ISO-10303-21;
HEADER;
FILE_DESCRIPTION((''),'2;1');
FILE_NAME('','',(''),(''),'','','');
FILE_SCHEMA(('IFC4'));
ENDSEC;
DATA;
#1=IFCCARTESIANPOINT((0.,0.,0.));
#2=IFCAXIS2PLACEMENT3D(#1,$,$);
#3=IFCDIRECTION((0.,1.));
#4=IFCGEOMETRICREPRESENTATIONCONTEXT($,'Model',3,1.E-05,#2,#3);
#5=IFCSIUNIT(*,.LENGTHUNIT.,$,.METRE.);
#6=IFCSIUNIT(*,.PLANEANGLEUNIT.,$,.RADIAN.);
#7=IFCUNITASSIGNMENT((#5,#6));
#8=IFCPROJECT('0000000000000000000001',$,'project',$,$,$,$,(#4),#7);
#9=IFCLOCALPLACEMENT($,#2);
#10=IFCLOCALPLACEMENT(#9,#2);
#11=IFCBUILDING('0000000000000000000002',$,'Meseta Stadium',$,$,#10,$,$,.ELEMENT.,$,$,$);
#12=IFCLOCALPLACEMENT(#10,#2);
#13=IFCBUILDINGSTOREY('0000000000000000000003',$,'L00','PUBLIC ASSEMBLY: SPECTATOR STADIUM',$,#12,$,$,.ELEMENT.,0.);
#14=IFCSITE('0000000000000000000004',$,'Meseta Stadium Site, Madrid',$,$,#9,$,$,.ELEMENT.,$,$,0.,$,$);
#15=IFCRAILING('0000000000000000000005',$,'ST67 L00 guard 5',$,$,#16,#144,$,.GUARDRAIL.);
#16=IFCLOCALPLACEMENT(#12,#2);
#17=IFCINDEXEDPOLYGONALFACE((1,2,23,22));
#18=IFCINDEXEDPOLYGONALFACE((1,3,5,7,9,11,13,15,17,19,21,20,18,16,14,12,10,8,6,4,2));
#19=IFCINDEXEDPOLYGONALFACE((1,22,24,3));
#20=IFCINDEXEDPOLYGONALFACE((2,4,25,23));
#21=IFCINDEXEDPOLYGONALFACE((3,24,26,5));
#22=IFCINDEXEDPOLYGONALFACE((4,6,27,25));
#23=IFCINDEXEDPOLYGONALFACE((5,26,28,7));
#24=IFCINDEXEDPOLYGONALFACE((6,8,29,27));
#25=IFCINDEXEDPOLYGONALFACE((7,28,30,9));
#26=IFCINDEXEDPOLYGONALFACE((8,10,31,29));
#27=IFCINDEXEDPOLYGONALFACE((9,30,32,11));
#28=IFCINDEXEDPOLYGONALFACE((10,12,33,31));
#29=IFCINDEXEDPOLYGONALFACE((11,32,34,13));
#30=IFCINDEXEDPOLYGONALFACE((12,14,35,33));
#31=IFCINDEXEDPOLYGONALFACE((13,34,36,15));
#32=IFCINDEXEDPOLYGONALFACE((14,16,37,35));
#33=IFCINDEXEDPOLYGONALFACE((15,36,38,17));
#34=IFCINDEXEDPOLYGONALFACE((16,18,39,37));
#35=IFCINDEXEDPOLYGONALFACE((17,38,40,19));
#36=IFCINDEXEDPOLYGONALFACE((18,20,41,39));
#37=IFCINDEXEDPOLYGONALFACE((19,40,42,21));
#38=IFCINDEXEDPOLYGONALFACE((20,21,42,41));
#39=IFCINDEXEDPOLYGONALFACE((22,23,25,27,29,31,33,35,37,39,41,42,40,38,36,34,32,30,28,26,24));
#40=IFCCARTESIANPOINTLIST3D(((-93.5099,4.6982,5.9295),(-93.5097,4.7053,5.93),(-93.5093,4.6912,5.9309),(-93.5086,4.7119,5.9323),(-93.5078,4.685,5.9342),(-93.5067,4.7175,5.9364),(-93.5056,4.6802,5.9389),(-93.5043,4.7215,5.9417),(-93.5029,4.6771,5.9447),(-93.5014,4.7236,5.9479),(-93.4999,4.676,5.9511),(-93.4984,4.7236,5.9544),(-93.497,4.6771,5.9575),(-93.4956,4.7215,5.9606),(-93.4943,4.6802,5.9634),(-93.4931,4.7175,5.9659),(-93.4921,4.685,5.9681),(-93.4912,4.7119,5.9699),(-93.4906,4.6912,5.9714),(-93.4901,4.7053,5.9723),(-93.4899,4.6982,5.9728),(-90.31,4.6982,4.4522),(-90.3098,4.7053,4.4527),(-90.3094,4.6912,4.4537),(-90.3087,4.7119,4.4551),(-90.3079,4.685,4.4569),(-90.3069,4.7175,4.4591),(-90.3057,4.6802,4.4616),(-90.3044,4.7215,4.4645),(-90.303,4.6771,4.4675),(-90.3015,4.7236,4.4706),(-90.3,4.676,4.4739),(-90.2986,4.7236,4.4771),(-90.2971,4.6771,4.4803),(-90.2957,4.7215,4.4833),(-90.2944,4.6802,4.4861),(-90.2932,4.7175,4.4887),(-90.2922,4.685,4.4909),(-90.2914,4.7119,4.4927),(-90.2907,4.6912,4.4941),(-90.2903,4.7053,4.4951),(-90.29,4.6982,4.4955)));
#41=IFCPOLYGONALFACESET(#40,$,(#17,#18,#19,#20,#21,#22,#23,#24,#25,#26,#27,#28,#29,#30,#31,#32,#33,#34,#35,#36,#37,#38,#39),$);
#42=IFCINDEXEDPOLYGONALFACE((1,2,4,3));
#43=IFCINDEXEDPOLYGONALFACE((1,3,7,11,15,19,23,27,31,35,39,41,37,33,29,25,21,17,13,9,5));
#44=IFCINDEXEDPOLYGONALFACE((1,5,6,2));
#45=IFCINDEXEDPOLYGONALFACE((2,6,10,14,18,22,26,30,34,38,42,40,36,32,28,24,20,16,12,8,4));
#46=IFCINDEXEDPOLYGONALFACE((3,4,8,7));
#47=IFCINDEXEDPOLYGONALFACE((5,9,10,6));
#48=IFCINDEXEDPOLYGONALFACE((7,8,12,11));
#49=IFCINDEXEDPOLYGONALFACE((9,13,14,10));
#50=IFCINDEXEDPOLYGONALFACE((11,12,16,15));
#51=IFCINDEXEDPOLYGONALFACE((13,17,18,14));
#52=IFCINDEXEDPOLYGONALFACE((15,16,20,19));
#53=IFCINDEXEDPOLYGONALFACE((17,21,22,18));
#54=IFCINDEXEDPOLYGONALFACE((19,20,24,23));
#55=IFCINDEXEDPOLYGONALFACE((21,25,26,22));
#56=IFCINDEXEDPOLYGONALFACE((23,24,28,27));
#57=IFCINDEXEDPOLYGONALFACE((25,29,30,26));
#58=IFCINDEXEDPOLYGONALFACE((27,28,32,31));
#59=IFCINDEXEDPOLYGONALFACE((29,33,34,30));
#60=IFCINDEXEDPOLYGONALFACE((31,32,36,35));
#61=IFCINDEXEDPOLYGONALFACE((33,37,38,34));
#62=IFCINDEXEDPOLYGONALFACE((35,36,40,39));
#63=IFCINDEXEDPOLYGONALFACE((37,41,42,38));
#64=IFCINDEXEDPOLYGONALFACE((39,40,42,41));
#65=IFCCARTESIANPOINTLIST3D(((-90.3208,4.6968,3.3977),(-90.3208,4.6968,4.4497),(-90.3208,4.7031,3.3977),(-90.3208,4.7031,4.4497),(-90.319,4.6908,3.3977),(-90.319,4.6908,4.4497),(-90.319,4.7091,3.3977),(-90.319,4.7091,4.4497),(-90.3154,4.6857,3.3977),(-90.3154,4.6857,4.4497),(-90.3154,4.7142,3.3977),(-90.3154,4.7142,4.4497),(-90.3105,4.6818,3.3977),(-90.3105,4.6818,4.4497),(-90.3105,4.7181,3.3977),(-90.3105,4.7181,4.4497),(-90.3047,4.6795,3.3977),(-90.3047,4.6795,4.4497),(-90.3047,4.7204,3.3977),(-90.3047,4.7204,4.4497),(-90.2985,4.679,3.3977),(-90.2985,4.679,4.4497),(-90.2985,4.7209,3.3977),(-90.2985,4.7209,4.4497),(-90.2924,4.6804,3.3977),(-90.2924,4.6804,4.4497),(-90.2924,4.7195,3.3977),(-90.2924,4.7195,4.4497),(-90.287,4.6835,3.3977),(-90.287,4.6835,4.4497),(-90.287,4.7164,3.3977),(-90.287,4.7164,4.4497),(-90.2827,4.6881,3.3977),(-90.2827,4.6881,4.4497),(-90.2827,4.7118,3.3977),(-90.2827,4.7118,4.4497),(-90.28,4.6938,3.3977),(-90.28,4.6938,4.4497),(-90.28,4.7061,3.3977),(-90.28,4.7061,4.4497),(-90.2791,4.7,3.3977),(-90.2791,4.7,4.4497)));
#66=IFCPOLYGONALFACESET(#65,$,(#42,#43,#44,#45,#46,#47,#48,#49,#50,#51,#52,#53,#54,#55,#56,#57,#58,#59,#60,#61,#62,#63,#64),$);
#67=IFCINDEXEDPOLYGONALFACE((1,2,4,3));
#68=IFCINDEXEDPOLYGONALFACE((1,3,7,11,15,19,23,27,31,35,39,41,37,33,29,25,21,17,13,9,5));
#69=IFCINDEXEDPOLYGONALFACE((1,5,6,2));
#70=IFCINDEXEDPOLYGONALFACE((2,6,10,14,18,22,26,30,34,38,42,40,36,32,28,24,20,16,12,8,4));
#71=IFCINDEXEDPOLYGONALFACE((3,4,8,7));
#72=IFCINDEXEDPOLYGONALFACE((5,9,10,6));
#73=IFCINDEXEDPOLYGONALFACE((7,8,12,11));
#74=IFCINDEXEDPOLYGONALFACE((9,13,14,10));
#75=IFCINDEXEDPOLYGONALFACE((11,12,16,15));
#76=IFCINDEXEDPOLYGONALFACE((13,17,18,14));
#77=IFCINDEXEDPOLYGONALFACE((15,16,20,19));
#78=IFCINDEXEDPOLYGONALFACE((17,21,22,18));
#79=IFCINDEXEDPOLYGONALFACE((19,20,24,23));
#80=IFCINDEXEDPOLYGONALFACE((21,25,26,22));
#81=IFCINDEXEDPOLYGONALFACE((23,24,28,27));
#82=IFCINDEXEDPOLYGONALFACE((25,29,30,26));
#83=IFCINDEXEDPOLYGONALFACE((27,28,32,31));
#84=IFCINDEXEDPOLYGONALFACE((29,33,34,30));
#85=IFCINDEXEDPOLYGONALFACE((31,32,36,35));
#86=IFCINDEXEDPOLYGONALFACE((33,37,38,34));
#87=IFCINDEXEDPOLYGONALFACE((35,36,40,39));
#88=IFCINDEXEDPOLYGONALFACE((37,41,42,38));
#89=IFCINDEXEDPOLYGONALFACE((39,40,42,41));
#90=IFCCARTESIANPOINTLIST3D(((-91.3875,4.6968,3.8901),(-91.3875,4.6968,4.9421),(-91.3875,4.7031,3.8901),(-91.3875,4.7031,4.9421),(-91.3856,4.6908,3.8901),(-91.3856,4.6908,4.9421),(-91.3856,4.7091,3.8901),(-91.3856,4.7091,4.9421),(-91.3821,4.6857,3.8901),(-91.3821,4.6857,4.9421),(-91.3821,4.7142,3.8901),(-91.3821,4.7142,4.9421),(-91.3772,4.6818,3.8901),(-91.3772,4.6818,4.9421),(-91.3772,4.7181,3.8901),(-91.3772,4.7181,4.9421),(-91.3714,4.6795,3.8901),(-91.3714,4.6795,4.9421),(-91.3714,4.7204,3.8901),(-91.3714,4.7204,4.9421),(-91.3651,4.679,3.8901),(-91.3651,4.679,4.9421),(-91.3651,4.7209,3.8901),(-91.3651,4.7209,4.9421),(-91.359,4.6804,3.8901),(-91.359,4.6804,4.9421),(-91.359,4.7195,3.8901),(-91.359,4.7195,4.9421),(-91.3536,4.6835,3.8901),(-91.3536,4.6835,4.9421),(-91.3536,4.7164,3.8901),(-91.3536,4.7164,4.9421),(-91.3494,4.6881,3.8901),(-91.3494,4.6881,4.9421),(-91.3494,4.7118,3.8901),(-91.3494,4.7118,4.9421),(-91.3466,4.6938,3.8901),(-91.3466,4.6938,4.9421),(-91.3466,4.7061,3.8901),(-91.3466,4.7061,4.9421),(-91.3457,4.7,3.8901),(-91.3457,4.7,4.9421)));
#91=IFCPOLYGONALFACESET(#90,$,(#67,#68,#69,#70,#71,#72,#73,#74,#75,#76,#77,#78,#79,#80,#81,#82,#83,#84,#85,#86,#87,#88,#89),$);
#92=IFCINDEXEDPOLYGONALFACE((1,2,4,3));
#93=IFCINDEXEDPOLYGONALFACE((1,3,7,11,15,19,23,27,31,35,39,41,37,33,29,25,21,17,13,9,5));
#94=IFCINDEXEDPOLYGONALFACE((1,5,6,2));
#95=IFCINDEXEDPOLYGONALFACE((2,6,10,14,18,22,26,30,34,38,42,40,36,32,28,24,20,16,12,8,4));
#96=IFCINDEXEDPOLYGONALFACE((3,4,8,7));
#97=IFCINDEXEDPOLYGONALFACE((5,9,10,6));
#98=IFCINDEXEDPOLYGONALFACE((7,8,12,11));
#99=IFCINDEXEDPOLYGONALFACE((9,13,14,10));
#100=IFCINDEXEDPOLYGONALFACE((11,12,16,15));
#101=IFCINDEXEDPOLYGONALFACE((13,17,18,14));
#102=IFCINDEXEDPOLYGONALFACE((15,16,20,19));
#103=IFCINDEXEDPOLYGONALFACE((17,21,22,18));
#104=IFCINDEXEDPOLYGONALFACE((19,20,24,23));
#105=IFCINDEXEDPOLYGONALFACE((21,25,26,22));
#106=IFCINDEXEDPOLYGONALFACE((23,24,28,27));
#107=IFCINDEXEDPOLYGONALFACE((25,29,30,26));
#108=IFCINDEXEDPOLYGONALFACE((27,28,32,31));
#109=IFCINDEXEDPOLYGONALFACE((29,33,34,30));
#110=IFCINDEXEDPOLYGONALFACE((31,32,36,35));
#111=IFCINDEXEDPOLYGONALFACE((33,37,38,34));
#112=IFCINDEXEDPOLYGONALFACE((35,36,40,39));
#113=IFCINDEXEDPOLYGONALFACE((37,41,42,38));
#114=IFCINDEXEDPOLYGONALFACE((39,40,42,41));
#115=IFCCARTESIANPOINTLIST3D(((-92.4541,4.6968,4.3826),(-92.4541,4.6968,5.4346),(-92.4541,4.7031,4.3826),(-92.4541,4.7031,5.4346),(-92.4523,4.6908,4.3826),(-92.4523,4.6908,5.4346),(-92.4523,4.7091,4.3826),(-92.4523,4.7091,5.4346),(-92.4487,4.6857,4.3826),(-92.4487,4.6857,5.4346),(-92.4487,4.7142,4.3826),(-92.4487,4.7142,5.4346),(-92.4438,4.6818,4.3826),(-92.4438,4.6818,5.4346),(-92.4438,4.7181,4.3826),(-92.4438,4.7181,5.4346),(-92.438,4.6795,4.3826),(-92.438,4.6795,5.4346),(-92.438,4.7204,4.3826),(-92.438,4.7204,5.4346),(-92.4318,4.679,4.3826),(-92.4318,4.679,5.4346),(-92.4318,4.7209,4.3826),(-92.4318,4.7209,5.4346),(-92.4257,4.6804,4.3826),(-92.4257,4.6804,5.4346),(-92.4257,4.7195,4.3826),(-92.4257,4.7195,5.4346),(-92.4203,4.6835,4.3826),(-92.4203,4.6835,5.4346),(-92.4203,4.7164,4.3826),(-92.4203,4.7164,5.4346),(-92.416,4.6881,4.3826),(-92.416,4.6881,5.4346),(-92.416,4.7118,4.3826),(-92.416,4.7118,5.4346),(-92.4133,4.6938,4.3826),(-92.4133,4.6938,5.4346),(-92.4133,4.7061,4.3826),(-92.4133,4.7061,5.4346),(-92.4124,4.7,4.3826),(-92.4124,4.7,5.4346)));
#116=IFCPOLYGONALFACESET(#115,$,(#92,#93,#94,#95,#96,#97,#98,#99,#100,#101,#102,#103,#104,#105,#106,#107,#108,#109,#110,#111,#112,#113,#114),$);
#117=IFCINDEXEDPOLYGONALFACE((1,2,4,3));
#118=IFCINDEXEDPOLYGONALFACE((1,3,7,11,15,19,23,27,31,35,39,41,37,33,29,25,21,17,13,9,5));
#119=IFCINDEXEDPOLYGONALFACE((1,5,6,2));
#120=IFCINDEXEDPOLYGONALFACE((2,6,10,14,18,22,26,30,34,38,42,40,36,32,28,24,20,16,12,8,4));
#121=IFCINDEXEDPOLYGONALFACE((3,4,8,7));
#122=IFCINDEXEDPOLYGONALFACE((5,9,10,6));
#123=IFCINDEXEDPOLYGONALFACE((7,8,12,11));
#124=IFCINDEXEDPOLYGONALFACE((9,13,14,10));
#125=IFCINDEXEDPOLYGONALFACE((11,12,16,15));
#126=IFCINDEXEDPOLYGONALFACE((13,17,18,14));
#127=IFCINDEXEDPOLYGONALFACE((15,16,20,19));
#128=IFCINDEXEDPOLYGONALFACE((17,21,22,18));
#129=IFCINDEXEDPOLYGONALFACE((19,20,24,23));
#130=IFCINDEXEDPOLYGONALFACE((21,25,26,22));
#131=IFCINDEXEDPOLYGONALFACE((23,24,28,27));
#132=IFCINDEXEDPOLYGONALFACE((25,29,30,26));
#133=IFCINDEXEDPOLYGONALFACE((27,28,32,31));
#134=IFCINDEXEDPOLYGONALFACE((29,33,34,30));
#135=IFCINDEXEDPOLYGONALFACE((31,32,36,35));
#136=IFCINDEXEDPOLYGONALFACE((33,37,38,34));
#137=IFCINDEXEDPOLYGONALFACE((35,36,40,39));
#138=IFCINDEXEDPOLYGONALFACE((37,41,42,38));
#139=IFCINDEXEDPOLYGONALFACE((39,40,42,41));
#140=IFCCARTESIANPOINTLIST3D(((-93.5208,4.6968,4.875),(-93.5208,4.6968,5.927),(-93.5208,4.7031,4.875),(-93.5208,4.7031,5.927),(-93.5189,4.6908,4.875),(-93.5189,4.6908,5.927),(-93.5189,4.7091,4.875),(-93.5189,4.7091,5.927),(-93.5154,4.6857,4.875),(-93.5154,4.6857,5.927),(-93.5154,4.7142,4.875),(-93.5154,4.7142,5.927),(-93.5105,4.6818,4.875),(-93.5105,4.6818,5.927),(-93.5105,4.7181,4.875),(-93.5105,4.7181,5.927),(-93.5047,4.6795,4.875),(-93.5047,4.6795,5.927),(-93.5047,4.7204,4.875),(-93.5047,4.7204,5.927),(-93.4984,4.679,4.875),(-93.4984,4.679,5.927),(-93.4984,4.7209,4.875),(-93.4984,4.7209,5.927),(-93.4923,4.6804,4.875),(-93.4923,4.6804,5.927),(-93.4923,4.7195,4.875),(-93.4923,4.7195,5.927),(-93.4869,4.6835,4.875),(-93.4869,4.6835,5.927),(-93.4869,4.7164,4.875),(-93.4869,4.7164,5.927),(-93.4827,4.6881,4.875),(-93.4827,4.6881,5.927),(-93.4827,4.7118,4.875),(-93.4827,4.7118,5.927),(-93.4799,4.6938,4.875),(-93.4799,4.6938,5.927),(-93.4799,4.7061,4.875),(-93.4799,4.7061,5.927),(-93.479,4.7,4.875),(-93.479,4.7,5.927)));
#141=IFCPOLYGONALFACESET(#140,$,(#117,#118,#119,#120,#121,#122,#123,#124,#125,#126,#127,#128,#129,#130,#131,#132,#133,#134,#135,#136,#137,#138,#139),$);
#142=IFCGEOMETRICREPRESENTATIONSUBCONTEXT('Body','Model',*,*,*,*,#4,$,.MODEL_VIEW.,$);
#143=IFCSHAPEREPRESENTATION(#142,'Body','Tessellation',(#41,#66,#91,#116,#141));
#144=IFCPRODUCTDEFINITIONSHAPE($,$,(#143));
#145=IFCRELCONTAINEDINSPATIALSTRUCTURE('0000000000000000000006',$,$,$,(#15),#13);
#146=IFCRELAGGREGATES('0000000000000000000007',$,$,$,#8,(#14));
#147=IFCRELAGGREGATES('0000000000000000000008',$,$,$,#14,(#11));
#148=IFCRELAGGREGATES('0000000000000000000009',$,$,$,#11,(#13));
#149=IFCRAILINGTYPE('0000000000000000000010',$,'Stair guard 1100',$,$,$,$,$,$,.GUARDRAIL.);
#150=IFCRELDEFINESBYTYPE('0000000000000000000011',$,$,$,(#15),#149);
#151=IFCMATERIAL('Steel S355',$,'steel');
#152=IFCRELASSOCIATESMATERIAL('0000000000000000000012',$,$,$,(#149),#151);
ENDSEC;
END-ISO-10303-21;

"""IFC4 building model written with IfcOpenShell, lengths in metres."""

from ifc_helpers import new_model, si_unit, direction, frame, origin, origin_2d, place, context, subcontext, project, spatial, circle, extrude, material, type_object, element, save


model = new_model("IFC4")

# Units and contexts
model_context = context("Model", 3, precision=1e-05, world=origin(), true_north=direction((0.0, 1.0)))
body_context = subcontext(model_context, "Body", "Model", "MODEL_VIEW")
ifc_project = project(units=[si_unit("LENGTHUNIT", "METRE"), si_unit("PLANEANGLEUNIT", "RADIAN")], contexts=[model_context])

# Site, building, storey
site_placement = place(None, origin())
site = spatial("IfcSite", under=ifc_project, at=site_placement, Name="Meseta Stadium Site, Madrid", CompositionType="ELEMENT", RefElevation=0.0)
building_placement = place(site_placement, origin())
building = spatial("IfcBuilding", under=site, at=building_placement, Name="Meseta Stadium", CompositionType="ELEMENT")
storey_placement = place(building_placement, origin())
storey = spatial("IfcBuildingStorey", under=building, at=storey_placement, Name="L00", Description="PUBLIC ASSEMBLY: SPECTATOR STADIUM", CompositionType="ELEMENT", Elevation=0.0)

# Railing
ifc_material_1 = material(Name="Steel S355", Category="steel")
railing_type_1 = type_object("IfcRailingType", Name="Stair guard 1100", PredefinedType="GUARDRAIL", material=ifc_material_1)
railing_1_placement = place(storey_placement, frame((-90.3, 4.7, 3.3977)))
element("IfcRailing", 1, at=railing_1_placement, inside=storey, type_object=railing_type_1, Name="ST67 L00 guard 5", PredefinedType="GUARDRAIL", context=body_context, shape_type="SweptSolid", body=[
    extrude(circle(Radius=0.0239, at=origin_2d()), frame((0.0, 0.0, 1.0762), z_axis=(-0.907917, 0.0, 0.41915), x_axis=(0.0, -1.0, 0.0)), (0.0, 0.0, 1.0), 3.5244),
    extrude(circle(Radius=0.021, at=origin_2d()), origin(), (0.0, 0.0, 1.0), 1.052),
    extrude(circle(Radius=0.021, at=origin_2d()), frame((-1.0667, 0.0, 0.4924)), (0.0, 0.0, 1.0), 1.052),
    extrude(circle(Radius=0.021, at=origin_2d()), frame((-2.1333, 0.0, 0.9849)), (0.0, 0.0, 1.0), 1.052),
    extrude(circle(Radius=0.021, at=origin_2d()), frame((-3.2, 0.0, 1.4773)), (0.0, 0.0, 1.0), 1.052),
])

save(model, "model.ifc")
